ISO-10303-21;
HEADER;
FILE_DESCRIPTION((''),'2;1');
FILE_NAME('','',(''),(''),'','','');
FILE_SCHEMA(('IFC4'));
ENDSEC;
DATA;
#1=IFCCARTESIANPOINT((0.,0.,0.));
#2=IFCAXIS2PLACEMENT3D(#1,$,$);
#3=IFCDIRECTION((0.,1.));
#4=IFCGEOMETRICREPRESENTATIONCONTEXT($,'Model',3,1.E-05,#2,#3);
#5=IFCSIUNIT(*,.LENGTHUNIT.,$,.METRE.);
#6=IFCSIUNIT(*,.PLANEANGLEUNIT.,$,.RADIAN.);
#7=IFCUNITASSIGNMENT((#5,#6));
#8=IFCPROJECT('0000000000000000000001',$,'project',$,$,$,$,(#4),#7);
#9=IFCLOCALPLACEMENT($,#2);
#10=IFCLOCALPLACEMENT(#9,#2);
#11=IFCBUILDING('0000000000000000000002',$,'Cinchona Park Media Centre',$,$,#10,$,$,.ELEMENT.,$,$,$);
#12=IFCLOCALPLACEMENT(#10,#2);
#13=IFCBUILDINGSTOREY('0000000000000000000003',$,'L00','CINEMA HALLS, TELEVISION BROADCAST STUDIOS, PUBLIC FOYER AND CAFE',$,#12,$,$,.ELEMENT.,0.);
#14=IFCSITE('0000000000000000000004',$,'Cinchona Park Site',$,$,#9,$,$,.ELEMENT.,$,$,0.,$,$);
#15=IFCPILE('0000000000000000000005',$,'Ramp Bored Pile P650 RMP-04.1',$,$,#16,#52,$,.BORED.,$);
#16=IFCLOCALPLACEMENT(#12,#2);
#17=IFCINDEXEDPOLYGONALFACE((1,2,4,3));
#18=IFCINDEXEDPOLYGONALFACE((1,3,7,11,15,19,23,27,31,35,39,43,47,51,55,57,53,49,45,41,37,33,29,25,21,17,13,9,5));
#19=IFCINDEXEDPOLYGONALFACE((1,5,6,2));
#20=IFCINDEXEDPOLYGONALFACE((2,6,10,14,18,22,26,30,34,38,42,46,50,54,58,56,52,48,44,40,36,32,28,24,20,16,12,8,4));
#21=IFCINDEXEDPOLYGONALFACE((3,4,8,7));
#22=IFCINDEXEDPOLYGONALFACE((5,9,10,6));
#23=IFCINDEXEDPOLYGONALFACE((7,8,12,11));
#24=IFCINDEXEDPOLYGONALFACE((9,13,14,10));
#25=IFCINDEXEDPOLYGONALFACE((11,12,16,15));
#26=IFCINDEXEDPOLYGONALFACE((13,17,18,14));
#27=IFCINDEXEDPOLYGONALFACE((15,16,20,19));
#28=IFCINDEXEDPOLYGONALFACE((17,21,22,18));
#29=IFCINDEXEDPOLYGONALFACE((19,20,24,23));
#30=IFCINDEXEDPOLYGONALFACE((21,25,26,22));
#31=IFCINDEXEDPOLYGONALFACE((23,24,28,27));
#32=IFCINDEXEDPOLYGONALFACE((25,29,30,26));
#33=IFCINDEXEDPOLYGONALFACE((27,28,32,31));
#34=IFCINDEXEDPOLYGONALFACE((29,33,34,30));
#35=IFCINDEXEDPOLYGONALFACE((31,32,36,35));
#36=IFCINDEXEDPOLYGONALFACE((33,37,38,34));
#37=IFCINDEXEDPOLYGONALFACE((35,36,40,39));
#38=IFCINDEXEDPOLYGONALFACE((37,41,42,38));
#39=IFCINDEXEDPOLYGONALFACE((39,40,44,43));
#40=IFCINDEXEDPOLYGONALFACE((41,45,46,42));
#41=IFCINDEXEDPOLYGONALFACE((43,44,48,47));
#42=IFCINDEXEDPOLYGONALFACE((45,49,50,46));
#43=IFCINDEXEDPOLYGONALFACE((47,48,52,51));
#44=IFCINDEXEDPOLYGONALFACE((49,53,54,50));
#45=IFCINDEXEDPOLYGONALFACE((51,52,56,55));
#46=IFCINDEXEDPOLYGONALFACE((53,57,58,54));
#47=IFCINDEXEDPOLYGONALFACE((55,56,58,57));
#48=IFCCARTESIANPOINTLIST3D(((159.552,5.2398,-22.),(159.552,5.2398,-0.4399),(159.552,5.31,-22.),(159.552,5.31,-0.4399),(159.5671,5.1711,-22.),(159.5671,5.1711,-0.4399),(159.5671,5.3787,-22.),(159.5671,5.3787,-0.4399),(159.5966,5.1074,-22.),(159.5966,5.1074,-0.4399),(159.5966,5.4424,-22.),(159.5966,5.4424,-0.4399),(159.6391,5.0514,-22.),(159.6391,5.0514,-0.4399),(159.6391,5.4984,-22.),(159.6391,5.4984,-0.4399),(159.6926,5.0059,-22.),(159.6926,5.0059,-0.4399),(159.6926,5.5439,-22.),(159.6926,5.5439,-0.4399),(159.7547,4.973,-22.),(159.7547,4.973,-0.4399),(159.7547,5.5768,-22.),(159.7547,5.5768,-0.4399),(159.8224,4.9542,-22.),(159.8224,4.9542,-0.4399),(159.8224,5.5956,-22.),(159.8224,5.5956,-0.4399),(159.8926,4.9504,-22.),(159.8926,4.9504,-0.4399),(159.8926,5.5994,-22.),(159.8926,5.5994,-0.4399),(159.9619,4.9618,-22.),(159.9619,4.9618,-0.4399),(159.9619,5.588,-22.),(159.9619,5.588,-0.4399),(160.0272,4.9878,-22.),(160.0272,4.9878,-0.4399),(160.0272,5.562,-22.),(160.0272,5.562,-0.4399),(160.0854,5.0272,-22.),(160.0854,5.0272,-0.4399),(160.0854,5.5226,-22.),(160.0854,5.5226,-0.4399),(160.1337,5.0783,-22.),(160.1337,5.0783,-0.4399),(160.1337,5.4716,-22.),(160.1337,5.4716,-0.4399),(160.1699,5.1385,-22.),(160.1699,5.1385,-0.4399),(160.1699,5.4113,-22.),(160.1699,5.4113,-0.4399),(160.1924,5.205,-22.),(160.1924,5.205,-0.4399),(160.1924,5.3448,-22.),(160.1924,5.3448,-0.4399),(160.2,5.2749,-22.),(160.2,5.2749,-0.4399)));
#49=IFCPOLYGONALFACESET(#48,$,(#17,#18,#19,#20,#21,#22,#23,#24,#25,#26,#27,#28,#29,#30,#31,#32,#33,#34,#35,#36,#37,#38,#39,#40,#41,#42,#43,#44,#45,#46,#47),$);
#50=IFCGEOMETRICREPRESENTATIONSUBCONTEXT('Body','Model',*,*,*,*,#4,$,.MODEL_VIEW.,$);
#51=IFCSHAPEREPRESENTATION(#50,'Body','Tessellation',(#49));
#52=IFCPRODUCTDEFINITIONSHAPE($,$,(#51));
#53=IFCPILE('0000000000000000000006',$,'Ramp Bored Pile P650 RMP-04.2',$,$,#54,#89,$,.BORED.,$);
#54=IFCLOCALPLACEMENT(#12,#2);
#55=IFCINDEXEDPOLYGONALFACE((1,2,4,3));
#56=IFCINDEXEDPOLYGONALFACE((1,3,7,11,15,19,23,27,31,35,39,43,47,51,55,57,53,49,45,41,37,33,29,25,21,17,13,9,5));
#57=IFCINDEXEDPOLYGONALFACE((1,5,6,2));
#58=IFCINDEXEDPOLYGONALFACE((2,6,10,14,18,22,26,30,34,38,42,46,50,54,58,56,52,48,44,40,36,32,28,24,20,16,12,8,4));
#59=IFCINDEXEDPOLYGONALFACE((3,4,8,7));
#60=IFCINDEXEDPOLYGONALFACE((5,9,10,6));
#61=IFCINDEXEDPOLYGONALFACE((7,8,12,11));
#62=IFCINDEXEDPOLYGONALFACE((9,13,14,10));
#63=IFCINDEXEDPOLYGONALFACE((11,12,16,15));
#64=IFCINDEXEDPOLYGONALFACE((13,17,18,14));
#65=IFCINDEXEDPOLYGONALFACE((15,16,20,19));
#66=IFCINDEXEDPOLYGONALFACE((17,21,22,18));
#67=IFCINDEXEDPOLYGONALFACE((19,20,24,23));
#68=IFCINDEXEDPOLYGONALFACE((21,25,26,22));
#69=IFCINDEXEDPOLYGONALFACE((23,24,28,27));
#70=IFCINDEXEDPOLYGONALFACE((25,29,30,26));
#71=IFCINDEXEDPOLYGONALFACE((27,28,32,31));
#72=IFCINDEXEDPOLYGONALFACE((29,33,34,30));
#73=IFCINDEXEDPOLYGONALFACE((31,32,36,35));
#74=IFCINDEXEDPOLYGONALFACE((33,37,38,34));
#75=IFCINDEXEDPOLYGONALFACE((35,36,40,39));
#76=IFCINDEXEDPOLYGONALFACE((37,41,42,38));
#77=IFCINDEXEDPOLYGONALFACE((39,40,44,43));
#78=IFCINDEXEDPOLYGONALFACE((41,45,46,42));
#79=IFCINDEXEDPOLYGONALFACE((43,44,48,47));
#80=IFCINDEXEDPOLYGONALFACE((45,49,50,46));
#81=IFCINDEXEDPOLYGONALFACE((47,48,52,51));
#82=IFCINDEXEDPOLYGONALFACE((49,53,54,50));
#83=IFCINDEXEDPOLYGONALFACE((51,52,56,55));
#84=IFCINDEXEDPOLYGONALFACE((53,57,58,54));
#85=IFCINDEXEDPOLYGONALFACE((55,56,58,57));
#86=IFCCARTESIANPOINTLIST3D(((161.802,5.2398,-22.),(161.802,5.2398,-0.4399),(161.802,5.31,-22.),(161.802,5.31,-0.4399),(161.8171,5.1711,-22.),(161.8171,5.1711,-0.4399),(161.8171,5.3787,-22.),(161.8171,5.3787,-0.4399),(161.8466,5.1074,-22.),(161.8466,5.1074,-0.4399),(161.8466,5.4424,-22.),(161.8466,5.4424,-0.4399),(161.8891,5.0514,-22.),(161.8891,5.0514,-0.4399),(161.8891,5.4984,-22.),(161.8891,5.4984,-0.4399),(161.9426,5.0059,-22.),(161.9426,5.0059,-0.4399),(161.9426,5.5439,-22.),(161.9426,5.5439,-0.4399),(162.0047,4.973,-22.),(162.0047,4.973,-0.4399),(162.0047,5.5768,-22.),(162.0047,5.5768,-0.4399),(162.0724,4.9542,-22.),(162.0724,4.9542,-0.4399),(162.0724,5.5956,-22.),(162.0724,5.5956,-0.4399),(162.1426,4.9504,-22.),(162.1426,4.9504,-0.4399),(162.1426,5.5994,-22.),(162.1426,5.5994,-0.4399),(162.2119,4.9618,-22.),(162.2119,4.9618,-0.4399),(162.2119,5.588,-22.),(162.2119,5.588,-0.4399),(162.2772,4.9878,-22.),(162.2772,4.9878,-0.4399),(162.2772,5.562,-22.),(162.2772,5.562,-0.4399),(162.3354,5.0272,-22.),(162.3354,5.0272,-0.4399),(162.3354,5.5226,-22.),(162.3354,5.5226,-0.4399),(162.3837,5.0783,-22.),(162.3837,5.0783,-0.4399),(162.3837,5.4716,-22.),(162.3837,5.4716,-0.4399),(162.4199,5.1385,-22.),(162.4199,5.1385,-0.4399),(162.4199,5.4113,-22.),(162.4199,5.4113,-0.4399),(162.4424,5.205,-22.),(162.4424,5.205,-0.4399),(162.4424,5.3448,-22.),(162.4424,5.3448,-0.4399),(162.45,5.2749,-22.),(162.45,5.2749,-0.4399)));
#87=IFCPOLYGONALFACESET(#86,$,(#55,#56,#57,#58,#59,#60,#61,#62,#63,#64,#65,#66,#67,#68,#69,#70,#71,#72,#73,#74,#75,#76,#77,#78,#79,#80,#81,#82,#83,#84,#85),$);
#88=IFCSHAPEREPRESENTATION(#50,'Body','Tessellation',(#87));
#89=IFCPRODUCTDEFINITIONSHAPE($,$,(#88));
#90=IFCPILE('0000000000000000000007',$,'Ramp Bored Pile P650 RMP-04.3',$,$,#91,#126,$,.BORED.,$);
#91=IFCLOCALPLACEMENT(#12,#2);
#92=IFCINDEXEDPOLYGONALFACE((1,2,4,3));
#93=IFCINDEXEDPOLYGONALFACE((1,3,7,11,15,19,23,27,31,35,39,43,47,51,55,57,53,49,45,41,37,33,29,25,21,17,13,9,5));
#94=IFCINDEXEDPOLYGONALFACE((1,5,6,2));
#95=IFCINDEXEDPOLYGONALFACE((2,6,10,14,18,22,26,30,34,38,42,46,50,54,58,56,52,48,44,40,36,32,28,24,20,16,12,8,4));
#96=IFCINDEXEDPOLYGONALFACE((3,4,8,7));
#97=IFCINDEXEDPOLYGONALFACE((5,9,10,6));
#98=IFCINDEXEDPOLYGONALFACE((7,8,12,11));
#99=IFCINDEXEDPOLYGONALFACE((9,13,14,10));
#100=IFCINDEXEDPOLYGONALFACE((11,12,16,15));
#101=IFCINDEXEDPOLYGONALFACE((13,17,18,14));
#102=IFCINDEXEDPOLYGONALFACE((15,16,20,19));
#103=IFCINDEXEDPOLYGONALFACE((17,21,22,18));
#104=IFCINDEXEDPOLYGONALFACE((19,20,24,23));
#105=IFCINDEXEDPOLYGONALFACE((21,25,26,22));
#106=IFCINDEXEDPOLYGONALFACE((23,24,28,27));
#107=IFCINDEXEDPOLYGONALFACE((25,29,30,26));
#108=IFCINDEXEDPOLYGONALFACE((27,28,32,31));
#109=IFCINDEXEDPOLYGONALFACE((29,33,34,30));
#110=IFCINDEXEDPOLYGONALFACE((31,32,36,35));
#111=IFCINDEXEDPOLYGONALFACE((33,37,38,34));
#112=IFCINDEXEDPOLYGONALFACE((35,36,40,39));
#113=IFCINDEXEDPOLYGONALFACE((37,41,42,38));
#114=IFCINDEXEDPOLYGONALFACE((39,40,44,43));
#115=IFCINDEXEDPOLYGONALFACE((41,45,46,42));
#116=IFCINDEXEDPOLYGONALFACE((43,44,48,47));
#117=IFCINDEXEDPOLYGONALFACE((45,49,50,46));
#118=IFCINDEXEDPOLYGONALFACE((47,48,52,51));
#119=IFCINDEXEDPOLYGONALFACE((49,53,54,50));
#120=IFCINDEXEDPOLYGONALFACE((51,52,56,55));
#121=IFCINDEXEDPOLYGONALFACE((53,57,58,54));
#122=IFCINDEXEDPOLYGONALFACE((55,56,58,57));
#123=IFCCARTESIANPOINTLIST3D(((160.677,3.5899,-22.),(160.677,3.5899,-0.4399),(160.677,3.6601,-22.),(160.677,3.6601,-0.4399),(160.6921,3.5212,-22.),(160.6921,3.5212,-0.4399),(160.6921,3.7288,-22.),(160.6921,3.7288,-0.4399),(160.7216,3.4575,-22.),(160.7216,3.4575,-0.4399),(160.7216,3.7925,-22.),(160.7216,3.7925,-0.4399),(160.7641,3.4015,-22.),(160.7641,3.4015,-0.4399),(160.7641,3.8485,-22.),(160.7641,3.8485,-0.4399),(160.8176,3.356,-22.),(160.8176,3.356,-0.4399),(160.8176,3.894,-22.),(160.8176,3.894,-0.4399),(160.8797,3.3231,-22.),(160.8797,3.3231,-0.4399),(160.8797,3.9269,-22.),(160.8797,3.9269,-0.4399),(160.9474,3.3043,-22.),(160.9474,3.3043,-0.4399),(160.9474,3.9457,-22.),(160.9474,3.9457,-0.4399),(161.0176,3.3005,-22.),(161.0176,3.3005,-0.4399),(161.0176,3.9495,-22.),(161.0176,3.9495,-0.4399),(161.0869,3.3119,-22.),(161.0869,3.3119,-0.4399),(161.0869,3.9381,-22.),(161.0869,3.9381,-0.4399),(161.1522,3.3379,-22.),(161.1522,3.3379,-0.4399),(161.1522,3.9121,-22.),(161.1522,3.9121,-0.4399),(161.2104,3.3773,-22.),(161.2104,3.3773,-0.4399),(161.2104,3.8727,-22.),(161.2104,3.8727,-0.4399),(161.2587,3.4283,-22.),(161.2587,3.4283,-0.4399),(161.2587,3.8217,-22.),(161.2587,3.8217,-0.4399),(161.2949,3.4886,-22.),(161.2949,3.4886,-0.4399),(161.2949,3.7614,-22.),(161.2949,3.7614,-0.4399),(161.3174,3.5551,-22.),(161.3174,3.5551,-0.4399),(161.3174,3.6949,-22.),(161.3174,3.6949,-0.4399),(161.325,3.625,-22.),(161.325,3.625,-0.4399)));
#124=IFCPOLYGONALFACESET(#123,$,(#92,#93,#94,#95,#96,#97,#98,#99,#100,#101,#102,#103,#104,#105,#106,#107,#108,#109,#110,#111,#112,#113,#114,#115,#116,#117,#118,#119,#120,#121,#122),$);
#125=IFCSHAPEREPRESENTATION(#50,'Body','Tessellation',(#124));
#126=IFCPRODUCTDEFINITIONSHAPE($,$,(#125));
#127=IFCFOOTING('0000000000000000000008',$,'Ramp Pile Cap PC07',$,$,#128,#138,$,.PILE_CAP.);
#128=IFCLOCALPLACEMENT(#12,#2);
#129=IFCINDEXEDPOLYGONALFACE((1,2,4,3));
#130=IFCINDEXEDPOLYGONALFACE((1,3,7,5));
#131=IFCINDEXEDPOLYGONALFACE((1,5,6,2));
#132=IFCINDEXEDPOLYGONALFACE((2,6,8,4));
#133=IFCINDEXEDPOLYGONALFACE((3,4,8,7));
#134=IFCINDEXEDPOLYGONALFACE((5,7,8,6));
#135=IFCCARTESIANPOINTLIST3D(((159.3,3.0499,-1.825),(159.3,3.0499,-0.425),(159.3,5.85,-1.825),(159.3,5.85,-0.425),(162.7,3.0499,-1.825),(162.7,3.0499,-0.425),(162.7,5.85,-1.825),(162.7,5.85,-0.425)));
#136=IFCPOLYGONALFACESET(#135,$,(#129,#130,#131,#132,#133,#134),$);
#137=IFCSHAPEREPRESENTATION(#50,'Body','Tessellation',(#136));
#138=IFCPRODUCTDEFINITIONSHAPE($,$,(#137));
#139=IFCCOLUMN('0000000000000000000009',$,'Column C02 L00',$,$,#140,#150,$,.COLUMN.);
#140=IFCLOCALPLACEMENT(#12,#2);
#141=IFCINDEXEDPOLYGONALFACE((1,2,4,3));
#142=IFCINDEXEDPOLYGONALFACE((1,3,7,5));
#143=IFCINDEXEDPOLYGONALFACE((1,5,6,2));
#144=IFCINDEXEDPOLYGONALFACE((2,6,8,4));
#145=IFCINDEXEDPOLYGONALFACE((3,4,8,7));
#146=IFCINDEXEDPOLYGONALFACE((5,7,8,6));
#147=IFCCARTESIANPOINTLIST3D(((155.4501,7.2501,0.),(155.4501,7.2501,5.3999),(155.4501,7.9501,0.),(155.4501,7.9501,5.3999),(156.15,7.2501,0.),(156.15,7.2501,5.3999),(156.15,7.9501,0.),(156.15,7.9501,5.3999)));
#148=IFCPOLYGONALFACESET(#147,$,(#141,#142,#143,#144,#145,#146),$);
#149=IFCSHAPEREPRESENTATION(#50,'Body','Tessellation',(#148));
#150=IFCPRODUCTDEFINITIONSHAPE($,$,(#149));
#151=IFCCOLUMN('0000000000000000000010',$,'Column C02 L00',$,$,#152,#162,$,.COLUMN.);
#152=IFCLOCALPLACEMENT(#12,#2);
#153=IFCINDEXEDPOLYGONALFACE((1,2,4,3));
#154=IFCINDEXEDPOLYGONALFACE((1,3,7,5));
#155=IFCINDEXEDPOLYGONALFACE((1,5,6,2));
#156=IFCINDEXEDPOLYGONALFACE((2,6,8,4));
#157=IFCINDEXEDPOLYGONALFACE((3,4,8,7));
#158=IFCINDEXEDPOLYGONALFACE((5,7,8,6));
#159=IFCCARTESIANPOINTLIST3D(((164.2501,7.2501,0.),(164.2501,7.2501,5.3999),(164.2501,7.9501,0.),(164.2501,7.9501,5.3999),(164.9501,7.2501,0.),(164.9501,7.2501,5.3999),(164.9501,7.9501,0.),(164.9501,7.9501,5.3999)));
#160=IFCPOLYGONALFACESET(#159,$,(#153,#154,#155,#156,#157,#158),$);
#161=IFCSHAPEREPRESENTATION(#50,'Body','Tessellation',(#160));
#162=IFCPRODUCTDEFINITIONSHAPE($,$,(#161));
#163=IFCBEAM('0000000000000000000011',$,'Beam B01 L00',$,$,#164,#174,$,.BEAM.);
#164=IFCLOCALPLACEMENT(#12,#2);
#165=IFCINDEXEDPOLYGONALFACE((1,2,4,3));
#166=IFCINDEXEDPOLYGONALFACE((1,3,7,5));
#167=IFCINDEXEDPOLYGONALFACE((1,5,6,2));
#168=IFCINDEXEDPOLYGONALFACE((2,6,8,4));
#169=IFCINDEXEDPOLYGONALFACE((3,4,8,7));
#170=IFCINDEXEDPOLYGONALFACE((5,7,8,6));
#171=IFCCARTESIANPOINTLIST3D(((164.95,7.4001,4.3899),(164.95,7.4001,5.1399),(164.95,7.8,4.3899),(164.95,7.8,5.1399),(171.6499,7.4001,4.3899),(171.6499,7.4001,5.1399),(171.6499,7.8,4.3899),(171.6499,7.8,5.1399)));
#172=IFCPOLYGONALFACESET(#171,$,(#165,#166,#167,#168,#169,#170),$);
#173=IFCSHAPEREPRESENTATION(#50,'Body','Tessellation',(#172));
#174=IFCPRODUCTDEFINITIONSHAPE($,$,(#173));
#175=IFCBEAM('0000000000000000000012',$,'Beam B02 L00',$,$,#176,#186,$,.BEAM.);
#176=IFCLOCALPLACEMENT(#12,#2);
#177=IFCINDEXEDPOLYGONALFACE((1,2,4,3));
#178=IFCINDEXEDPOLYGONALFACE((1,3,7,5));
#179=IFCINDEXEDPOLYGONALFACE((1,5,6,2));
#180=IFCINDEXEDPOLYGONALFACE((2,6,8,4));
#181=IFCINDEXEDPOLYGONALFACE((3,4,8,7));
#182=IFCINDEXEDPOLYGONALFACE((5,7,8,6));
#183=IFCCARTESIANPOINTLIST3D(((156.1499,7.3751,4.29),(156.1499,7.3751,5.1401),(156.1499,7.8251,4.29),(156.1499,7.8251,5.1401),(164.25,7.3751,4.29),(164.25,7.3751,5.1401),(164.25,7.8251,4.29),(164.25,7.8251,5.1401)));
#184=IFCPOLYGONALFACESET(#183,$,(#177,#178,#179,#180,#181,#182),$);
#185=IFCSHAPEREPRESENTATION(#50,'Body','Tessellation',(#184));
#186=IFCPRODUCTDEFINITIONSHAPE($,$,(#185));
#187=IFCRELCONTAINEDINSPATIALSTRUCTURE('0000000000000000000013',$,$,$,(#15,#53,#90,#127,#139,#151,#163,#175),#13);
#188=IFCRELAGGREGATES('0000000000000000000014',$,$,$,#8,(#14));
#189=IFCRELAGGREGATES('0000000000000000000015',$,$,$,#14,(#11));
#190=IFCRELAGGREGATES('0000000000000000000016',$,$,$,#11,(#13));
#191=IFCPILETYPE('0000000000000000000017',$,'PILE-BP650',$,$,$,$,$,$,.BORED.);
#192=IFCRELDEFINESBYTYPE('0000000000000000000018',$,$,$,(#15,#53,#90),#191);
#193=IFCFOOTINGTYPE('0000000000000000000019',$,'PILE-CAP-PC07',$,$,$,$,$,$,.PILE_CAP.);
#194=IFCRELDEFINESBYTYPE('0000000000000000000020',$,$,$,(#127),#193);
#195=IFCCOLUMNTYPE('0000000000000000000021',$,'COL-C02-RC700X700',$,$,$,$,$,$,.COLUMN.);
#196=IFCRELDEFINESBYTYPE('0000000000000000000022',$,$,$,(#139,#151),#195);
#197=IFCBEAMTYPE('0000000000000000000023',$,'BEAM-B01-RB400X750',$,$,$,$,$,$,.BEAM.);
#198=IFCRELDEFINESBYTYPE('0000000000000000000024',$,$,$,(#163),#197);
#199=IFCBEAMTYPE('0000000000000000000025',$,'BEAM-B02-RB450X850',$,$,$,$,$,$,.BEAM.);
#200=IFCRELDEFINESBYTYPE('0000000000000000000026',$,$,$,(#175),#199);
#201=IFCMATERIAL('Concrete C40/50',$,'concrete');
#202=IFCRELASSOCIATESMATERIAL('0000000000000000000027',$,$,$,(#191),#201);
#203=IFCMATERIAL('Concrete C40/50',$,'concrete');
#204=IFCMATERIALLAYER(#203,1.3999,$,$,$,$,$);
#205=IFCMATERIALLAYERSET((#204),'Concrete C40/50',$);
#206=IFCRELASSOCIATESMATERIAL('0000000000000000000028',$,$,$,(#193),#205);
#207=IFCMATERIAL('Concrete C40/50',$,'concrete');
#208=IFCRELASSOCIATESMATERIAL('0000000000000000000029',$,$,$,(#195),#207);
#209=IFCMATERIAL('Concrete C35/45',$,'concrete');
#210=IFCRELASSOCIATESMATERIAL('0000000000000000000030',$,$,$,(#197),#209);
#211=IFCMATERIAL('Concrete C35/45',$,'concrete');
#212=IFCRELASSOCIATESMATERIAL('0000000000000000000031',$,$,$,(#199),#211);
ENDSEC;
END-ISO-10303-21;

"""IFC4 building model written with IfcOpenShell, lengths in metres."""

from ifc_helpers import new_model, si_unit, direction, frame, origin, origin_2d, place, context, subcontext, project, spatial, rectangle, circle, extrude, material, layer, layer_set, material_profile, profile_set, type_object, element, save


model = new_model("IFC4")

# Units and contexts
model_context = context("Model", 3, precision=1e-05, world=origin(), true_north=direction((0.0, 1.0)))
body_context = subcontext(model_context, "Body", "Model", "MODEL_VIEW")
ifc_project = project(units=[si_unit("LENGTHUNIT", "METRE"), si_unit("PLANEANGLEUNIT", "RADIAN")], contexts=[model_context])

# Site, building, storey
site_placement = place(None, origin())
site = spatial("IfcSite", under=ifc_project, at=site_placement, Name="Cinchona Park Site", CompositionType="ELEMENT", RefElevation=0.0)
building_placement = place(site_placement, origin())
building = spatial("IfcBuilding", under=site, at=building_placement, Name="Cinchona Park Media Centre", CompositionType="ELEMENT")
storey_placement = place(building_placement, origin())
storey = spatial("IfcBuildingStorey", under=building, at=storey_placement, Name="L00", Description="CINEMA HALLS, TELEVISION BROADCAST STUDIOS, PUBLIC FOYER AND CAFE", CompositionType="ELEMENT", Elevation=0.0)

# Piles
ifc_material_1 = material(Name="Concrete C40/50", Category="concrete")
ifc_material_profile_1 = material_profile(ifc_material_1, circle(Radius=0.325, at=origin_2d()), Name="BORED PILE 650")
ifc_profile_set_1 = profile_set([ifc_material_profile_1], Name="Concrete C40/50")
pile_type = type_object("IfcPileType", Name="PILE-BP650", PredefinedType="BORED", material=ifc_profile_set_1)
for number, where, z_axis, x_axis, name in (
    (1, (159.875, 5.2749, -0.4399), (0.0, 0.0, -1.0), (1.0, 0.0, 0.0), "Ramp Bored Pile P650 RMP-04.1"),
    (2, (162.125, 5.2749, -0.4399), (0.0, 0.0, -1.0), (1.0, 0.0, 0.0), "Ramp Bored Pile P650 RMP-04.2"),
    (3, (161.0, 3.625, -0.4399), (0.0, 0.0, -1.0), (1.0, 0.0, 0.0), "Ramp Bored Pile P650 RMP-04.3"),
):
    element("IfcPile", number, at=place(storey_placement, frame(where, z_axis=z_axis, x_axis=x_axis)), inside=storey, type_object=pile_type, Name=name, PredefinedType="BORED", context=body_context, shape_type="SweptSolid", body=[
        extrude(circle(Radius=0.325, at=origin_2d()), origin(), (0.0, 0.0, 1.0), 21.5601),
    ])

# Footing
ifc_material_2 = material(Name="Concrete C40/50", Category="concrete")
ifc_layer_1 = layer(ifc_material_2, 1.3999)
ifc_layer_set_1 = layer_set([ifc_layer_1], Name="Concrete C40/50")
footing_type = type_object("IfcFootingType", Name="PILE-CAP-PC07", PredefinedType="PILE_CAP", material=ifc_layer_set_1)
footing_placement = place(storey_placement, frame((161.0, 4.45, -1.825), z_axis=(0.0, 0.0, 1.0), x_axis=(1.0, 0.0, 0.0)))
element("IfcFooting", 4, at=footing_placement, inside=storey, type_object=footing_type, Name="Ramp Pile Cap PC07", PredefinedType="PILE_CAP", context=body_context, shape_type="SweptSolid", body=[
    extrude(rectangle(XDim=3.3999, YDim=2.8, at=origin_2d()), origin(), (0.0, 0.0, 1.0), 1.3999),
])

# Columns
ifc_material_3 = material(Name="Concrete C40/50", Category="concrete")
ifc_material_profile_2 = material_profile(ifc_material_3, rectangle(XDim=0.7, YDim=0.7, at=origin_2d()), Name="RC 700X700")
ifc_profile_set_2 = profile_set([ifc_material_profile_2], Name="Concrete C40/50")
column_type = type_object("IfcColumnType", Name="COL-C02-RC700X700", PredefinedType="COLUMN", material=ifc_profile_set_2)
for number, where, z_axis, x_axis, name in (
    (5, (155.8, 7.6001, 0.0), (0.0, 0.0, 1.0), (1.0, 0.0, 0.0), "Column C02 L00"),
    (6, (164.6001, 7.6001, 0.0), (0.0, 0.0, 1.0), (1.0, 0.0, 0.0), "Column C02 L00"),
):
    element("IfcColumn", number, at=place(storey_placement, frame(where, z_axis=z_axis, x_axis=x_axis)), inside=storey, type_object=column_type, Name=name, PredefinedType="COLUMN", context=body_context, shape_type="SweptSolid", body=[
        extrude(rectangle(XDim=0.7, YDim=0.7, at=origin_2d()), origin(), (0.0, 0.0, 1.0), 5.3999),
    ])

# Beams
ifc_material_4 = material(Name="Concrete C35/45", Category="concrete")
ifc_material_profile_3 = material_profile(ifc_material_4, rectangle(XDim=0.3999, YDim=0.75, at=origin_2d()), Name="RB 400X750")
ifc_profile_set_3 = profile_set([ifc_material_profile_3], Name="Concrete C35/45")
beam_type_1 = type_object("IfcBeamType", Name="BEAM-B01-RB400X750", PredefinedType="BEAM", material=ifc_profile_set_3)
beam_1_placement = place(storey_placement, frame((164.95, 7.6001, 4.7649), z_axis=(1.0, 0.0, 0.0), x_axis=(0.0, 1.0, 0.0)))
element("IfcBeam", 7, at=beam_1_placement, inside=storey, type_object=beam_type_1, Name="Beam B01 L00", PredefinedType="BEAM", context=body_context, shape_type="SweptSolid", body=[
    extrude(rectangle(XDim=0.3999, YDim=0.75, at=origin_2d()), origin(), (0.0, 0.0, 1.0), 6.7),
])
ifc_material_5 = material(Name="Concrete C35/45", Category="concrete")
ifc_material_profile_4 = material_profile(ifc_material_5, rectangle(XDim=0.45, YDim=0.8501, at=origin_2d()), Name="RB 450X850")
ifc_profile_set_4 = profile_set([ifc_material_profile_4], Name="Concrete C35/45")
beam_type_2 = type_object("IfcBeamType", Name="BEAM-B02-RB450X850", PredefinedType="BEAM", material=ifc_profile_set_4)
beam_2_placement = place(storey_placement, frame((156.1499, 7.6001, 4.7151), z_axis=(1.0, 0.0, 0.0), x_axis=(0.0, 1.0, 0.0)))
element("IfcBeam", 8, at=beam_2_placement, inside=storey, type_object=beam_type_2, Name="Beam B02 L00", PredefinedType="BEAM", context=body_context, shape_type="SweptSolid", body=[
    extrude(rectangle(XDim=0.45, YDim=0.8501, at=origin_2d()), origin(), (0.0, 0.0, 1.0), 8.1001),
])

save(model, "model.ifc")
